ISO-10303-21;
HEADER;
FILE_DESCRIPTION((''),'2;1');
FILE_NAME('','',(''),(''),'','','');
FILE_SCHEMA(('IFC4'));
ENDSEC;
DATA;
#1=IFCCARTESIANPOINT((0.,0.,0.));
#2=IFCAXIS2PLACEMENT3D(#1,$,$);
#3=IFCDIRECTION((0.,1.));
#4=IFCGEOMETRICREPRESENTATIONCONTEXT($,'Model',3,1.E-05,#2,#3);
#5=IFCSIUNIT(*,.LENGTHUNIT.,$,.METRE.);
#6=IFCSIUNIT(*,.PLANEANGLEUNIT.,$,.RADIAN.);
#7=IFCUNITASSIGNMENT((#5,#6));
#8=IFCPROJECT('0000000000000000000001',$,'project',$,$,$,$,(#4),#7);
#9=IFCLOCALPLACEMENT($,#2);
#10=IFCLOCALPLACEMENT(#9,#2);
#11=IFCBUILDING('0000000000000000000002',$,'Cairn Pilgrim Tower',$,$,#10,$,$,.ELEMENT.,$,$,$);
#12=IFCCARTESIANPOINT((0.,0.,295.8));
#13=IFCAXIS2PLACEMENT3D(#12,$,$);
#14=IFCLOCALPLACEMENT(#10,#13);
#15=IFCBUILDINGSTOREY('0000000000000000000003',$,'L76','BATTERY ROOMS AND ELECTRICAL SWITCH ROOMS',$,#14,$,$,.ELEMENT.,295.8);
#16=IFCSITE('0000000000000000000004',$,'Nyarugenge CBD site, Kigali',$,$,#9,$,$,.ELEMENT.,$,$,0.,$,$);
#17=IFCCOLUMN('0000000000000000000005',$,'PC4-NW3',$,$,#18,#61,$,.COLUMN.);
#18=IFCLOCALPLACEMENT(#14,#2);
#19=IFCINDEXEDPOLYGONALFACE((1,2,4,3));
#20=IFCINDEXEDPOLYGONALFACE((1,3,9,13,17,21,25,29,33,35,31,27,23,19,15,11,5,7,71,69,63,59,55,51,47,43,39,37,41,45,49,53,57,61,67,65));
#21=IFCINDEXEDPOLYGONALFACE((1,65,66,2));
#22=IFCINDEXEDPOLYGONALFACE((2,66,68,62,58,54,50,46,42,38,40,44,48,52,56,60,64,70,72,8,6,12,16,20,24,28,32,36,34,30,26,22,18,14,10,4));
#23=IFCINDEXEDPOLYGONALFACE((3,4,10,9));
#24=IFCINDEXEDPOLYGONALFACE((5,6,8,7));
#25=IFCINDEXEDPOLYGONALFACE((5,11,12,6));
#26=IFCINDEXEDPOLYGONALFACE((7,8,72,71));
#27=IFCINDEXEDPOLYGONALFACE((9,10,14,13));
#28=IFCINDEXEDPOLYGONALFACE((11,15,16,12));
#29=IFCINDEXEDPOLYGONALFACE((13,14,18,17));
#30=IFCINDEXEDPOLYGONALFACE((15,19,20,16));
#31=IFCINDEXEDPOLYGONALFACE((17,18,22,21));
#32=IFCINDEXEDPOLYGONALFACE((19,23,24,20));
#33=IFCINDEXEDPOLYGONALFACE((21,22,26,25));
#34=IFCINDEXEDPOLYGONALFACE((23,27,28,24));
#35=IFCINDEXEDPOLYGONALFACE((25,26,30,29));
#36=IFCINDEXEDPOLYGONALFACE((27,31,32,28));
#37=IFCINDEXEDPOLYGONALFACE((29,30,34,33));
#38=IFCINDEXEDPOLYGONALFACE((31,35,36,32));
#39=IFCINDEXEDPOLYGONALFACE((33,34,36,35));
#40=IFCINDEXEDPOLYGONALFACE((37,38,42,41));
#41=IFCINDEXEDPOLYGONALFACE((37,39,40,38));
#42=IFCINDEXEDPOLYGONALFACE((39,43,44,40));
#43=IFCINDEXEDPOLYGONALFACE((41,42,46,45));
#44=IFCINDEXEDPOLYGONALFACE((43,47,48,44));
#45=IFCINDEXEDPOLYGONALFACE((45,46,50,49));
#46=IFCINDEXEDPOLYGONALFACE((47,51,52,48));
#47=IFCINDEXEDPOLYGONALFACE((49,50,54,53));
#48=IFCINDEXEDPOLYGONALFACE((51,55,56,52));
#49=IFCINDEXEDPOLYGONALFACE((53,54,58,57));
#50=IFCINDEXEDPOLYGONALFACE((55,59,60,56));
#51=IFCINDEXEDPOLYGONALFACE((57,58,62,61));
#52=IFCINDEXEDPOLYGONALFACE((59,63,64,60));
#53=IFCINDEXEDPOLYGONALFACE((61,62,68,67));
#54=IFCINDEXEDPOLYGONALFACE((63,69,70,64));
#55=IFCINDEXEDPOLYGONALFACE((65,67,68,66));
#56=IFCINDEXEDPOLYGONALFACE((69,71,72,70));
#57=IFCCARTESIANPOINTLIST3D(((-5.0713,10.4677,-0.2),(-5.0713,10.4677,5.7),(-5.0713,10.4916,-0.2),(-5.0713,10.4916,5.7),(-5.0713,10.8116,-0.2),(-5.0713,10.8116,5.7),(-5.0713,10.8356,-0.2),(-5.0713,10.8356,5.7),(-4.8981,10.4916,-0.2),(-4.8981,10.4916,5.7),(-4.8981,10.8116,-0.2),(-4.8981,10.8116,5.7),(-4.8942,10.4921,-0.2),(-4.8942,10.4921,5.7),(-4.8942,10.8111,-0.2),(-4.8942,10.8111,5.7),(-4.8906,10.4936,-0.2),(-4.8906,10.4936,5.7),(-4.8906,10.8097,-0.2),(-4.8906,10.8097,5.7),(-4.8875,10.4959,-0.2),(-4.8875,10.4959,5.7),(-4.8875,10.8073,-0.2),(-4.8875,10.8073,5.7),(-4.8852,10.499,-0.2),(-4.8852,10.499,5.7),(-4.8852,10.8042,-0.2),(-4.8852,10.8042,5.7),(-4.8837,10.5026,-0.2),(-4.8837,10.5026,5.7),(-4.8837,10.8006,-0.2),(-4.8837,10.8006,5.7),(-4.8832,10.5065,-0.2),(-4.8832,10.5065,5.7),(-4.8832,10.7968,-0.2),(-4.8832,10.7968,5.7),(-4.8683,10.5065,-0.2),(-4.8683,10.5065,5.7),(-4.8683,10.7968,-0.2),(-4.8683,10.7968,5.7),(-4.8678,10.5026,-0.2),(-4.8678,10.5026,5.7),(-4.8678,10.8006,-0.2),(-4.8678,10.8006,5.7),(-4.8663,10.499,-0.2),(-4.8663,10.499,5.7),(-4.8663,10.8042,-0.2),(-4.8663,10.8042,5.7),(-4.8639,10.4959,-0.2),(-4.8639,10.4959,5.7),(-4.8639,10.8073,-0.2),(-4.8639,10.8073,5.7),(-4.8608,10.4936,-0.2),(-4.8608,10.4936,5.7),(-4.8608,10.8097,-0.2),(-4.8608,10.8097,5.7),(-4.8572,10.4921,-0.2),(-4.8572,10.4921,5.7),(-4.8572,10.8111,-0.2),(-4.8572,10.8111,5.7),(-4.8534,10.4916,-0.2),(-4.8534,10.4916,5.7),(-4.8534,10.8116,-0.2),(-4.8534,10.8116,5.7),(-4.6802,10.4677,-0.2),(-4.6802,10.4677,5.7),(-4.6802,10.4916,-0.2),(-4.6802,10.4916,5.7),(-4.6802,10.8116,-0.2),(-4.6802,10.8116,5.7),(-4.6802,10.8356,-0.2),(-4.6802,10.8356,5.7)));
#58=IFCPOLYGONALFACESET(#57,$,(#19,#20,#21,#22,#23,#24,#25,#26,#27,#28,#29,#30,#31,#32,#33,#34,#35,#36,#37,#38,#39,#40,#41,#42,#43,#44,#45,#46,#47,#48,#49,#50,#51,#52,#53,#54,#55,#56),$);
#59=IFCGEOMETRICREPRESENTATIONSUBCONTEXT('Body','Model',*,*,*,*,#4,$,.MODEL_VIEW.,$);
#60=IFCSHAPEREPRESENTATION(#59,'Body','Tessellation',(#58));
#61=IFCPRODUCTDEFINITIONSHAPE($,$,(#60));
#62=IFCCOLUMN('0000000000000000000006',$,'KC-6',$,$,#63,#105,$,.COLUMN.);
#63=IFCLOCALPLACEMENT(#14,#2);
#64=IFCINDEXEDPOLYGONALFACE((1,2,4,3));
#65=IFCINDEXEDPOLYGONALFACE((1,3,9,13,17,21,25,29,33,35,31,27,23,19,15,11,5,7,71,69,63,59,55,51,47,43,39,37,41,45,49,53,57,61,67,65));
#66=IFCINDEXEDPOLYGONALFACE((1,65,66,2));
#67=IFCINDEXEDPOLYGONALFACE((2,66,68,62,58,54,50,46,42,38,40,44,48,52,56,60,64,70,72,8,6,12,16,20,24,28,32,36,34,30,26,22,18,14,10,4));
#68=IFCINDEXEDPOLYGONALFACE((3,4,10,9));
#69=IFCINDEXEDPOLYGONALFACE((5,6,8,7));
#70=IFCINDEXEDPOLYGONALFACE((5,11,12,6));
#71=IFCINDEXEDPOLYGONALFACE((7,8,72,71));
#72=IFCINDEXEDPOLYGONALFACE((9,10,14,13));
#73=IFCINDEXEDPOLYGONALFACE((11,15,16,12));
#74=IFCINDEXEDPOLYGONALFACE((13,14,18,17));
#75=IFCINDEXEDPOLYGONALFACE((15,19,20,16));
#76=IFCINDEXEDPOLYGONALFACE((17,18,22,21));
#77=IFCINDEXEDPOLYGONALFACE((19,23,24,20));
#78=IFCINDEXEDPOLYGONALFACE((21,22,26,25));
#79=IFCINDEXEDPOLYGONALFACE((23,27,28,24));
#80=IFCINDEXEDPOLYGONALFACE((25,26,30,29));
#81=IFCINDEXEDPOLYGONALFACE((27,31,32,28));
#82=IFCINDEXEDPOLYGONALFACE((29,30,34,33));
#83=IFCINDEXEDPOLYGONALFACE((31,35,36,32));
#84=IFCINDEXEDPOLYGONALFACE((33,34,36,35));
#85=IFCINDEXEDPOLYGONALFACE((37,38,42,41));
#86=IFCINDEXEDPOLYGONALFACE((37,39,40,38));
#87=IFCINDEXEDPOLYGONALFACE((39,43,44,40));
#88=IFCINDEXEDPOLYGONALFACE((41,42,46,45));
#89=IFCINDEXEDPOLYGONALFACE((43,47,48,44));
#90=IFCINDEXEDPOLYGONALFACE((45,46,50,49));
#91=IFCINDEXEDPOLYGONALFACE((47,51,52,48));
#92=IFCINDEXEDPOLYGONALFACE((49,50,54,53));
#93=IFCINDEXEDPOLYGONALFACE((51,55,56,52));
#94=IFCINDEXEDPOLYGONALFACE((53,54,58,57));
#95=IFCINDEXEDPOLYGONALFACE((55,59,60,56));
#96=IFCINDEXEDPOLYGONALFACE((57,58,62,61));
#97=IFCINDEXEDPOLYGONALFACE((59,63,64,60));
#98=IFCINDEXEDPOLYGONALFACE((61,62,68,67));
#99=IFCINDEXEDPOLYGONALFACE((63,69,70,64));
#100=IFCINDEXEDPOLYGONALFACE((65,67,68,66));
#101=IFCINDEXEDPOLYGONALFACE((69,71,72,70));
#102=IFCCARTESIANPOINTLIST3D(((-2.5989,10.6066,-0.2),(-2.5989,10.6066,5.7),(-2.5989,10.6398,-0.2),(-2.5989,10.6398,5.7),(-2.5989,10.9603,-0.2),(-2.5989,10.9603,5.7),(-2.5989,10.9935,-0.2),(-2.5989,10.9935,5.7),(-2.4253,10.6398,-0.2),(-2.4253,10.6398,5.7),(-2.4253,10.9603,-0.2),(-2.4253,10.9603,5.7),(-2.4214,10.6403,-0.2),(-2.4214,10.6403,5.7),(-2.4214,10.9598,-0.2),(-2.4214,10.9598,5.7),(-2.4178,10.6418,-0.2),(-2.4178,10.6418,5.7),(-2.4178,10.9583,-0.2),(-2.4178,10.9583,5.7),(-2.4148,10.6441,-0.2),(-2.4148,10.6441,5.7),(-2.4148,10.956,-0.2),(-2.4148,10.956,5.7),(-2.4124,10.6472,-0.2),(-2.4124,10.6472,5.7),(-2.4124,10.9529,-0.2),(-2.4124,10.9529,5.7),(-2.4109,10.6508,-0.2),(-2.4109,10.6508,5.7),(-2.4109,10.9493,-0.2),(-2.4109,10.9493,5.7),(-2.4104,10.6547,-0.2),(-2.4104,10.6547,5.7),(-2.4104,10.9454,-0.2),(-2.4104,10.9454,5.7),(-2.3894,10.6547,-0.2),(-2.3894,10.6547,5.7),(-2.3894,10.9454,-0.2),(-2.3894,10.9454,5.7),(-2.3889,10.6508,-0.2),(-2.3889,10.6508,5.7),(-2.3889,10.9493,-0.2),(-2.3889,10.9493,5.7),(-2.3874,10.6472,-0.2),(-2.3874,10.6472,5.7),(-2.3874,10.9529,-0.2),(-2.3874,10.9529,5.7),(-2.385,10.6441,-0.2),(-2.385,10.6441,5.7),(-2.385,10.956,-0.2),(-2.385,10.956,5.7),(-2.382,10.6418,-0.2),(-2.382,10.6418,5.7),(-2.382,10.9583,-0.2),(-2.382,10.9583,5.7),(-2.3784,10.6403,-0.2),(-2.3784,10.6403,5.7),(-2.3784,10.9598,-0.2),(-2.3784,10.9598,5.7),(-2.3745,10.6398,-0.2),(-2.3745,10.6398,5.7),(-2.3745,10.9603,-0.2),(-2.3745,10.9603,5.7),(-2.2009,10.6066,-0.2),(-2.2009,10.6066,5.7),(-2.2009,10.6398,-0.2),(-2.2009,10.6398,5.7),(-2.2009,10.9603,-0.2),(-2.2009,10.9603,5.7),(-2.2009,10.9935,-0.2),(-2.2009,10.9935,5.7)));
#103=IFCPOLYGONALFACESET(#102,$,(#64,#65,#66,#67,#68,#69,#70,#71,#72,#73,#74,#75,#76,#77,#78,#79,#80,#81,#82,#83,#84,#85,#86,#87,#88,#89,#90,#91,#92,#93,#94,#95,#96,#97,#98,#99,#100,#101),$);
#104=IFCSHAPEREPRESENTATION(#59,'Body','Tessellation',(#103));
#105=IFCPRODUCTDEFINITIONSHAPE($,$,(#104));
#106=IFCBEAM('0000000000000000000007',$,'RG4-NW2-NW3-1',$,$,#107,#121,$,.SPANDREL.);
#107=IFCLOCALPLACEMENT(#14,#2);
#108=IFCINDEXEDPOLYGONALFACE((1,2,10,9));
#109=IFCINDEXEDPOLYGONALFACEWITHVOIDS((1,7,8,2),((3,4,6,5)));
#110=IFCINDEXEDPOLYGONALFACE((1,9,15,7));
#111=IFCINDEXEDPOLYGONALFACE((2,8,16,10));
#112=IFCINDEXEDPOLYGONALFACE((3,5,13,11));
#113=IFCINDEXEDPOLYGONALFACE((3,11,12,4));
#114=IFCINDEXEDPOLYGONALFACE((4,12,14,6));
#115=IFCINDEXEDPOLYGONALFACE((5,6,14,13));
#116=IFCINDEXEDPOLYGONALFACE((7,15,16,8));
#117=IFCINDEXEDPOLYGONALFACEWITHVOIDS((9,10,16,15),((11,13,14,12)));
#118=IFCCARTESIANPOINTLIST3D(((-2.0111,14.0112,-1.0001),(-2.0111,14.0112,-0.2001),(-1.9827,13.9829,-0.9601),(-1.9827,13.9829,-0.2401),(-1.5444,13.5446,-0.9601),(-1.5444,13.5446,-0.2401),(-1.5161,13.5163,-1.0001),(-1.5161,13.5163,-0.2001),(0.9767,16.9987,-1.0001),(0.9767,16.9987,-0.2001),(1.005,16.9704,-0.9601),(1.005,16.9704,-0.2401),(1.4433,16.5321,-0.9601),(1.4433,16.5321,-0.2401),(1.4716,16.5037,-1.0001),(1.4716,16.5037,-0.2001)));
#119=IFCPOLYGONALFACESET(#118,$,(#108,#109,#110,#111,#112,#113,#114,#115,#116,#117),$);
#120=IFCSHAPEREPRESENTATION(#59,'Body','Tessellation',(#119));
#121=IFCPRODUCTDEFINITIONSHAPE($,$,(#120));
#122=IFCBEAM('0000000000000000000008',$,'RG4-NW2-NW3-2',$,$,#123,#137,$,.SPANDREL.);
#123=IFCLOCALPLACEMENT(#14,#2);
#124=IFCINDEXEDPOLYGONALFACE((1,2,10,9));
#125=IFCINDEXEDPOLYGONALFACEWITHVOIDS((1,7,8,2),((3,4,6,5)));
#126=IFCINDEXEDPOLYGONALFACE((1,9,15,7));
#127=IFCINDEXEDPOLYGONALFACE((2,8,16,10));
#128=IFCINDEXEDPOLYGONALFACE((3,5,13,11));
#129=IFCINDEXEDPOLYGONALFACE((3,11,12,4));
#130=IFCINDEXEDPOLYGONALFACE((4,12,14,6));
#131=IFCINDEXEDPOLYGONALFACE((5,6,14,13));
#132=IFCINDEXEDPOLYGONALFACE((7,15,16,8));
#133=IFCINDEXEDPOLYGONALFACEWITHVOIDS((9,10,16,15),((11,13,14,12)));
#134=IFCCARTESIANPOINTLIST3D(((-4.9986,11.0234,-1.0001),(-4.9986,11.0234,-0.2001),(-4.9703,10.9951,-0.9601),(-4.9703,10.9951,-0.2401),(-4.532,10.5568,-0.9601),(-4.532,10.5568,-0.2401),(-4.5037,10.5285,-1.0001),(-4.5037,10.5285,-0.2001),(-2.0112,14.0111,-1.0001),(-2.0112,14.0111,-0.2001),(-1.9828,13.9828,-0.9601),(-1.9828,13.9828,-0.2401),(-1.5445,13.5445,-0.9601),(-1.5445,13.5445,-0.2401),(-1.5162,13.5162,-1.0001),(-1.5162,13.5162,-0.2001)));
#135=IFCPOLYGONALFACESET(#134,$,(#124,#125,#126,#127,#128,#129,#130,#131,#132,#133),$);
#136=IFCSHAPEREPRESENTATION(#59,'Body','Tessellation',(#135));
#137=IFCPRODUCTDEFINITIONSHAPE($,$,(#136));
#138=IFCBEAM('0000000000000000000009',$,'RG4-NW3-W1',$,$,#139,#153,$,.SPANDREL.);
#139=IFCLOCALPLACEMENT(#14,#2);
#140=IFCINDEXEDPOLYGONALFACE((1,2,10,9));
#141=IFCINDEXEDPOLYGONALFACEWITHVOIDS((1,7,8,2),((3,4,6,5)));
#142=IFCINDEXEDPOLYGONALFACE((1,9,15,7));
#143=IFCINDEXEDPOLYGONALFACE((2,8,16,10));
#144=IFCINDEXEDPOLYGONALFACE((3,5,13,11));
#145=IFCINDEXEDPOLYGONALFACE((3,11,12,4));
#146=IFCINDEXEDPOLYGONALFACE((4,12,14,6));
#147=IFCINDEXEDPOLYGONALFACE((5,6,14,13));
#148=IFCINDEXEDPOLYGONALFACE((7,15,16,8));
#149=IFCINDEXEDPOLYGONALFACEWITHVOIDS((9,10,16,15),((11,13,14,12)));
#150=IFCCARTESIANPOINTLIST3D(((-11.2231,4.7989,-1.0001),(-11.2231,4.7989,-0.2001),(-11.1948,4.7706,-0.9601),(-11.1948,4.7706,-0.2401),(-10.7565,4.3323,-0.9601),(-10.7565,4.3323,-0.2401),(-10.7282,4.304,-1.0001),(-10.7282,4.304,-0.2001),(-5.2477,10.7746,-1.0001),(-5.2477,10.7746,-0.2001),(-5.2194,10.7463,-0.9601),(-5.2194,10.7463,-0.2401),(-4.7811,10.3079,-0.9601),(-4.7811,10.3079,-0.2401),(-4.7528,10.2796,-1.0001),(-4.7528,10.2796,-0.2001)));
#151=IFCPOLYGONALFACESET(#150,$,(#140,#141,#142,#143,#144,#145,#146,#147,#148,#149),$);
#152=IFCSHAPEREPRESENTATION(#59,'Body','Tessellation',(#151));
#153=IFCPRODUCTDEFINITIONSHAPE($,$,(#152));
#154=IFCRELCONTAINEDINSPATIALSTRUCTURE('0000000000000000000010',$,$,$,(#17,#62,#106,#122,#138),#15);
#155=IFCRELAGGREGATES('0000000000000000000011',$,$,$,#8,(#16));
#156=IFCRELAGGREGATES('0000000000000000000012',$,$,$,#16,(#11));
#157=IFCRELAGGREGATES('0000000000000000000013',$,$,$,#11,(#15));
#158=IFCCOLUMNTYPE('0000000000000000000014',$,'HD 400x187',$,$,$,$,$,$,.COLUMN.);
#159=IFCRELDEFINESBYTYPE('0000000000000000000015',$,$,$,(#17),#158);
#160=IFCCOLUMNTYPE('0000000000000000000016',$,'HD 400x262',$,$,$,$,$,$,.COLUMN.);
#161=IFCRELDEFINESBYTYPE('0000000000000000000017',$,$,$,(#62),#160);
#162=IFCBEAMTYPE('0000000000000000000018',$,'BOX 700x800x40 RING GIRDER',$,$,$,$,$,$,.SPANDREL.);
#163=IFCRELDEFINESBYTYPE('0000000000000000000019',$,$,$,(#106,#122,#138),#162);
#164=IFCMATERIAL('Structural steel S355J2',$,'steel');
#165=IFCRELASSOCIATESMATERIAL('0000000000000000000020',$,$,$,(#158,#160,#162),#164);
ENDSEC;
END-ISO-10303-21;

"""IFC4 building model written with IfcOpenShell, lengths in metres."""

from ifc_helpers import new_model, si_unit, direction, frame, origin, origin_2d, place, context, subcontext, project, spatial, hollow_rectangle, i_section, extrude, material, material_profile, profile_set, type_object, element, save


model = new_model("IFC4")

# Units and contexts
model_context = context("Model", 3, precision=1e-05, world=origin(), true_north=direction((0.0, 1.0)))
body_context = subcontext(model_context, "Body", "Model", "MODEL_VIEW")
ifc_project = project(units=[si_unit("LENGTHUNIT", "METRE"), si_unit("PLANEANGLEUNIT", "RADIAN")], contexts=[model_context])

# Site, building, storey
site_placement = place(None, origin())
site = spatial("IfcSite", under=ifc_project, at=site_placement, Name="Nyarugenge CBD site, Kigali", CompositionType="ELEMENT", RefElevation=0.0)
building_placement = place(site_placement, origin())
building = spatial("IfcBuilding", under=site, at=building_placement, Name="Cairn Pilgrim Tower", CompositionType="ELEMENT")
storey_placement = place(building_placement, frame((0.0, 0.0, 295.8)))
storey = spatial("IfcBuildingStorey", under=building, at=storey_placement, Name="L76", Description="BATTERY ROOMS AND ELECTRICAL SWITCH ROOMS", CompositionType="ELEMENT", Elevation=295.8)

# Columns
ifc_material_1 = material(Name="Structural steel S355J2", Category="steel")
ifc_material_profile_1 = material_profile(ifc_material_1, i_section(OverallWidth=0.3911, OverallDepth=0.3679, WebThickness=0.0149, FlangeThickness=0.0239, FilletRadius=0.0149, at=origin_2d()), Name="HD 400x187")
ifc_profile_set_1 = profile_set([ifc_material_profile_1], Name="Structural steel S355J2")
column_type_1 = type_object("IfcColumnType", Name="HD 400x187", PredefinedType="COLUMN", material=ifc_profile_set_1)
for number, where, z_axis, x_axis, name in (
    (1, (-4.8757, 10.6516, -0.2), (0.0, 0.0, 1.0), (1.0, 0.0, 0.0), "PC4-NW3"),
):
    element("IfcColumn", number, at=place(storey_placement, frame(where, z_axis=z_axis, x_axis=x_axis)), inside=storey, type_object=column_type_1, Name=name, PredefinedType="COLUMN", context=body_context, shape_type="SweptSolid", body=[
        extrude(i_section(OverallWidth=0.3911, OverallDepth=0.3679, WebThickness=0.0149, FlangeThickness=0.0239, FilletRadius=0.0149, at=origin_2d()), origin(), (0.0, 0.0, 1.0), 5.8999),
    ])
ifc_material_profile_2 = material_profile(ifc_material_1, i_section(OverallWidth=0.3979, OverallDepth=0.387, WebThickness=0.021, FlangeThickness=0.0332, FilletRadius=0.0149, at=origin_2d()), Name="HD 400x262")
ifc_profile_set_2 = profile_set([ifc_material_profile_2], Name="Structural steel S355J2")
column_type_2 = type_object("IfcColumnType", Name="HD 400x262", PredefinedType="COLUMN", material=ifc_profile_set_2)
column_1_placement = place(storey_placement, frame((-2.3999, 10.8, -0.2), z_axis=(0.0, 0.0, 1.0), x_axis=(1.0, 0.0, 0.0)))
element("IfcColumn", 2, at=column_1_placement, inside=storey, type_object=column_type_2, Name="KC-6", PredefinedType="COLUMN", context=body_context, shape_type="SweptSolid", body=[
    extrude(i_section(OverallWidth=0.3979, OverallDepth=0.387, WebThickness=0.021, FlangeThickness=0.0332, FilletRadius=0.0149, at=origin_2d()), origin(), (0.0, 0.0, 1.0), 5.8999),
])

# Beams
ifc_material_profile_3 = material_profile(ifc_material_1, hollow_rectangle(XDim=0.7, YDim=0.8, WallThickness=0.04, at=origin_2d()), Name="BOX 700x800x40")
ifc_profile_set_3 = profile_set([ifc_material_profile_3], Name="Structural steel S355J2")
beam_type_1 = type_object("IfcBeamType", Name="BOX 700x800x40 RING GIRDER", PredefinedType="SPANDREL", material=ifc_profile_set_3)
for number, where, z_axis, x_axis, name in (
    (3, (1.2241, 16.7512, -0.6001), (-0.707136, -0.707078, 0.0), (0.707078, -0.707136, 0.0), "RG4-NW2-NW3-1"),
    (4, (-1.7637, 13.7637, -0.6001), (-0.707078, -0.707136, 0.0), (0.707136, -0.707078, 0.0), "RG4-NW2-NW3-2"),
):
    element("IfcBeam", number, at=place(storey_placement, frame(where, z_axis=z_axis, x_axis=x_axis)), inside=storey, type_object=beam_type_1, Name=name, PredefinedType="SPANDREL", context=body_context, shape_type="SweptSolid", body=[
        extrude(hollow_rectangle(XDim=0.7, YDim=0.8, WallThickness=0.04, at=origin_2d()), origin(), (0.0, 0.0, 1.0), 4.2251),
    ])
beam_1_placement = place(storey_placement, frame((-5.0002, 10.5271, -0.6001), z_axis=(-0.707092, -0.707121, 0.0), x_axis=(0.707121, -0.707092, 0.0)))
element("IfcBeam", 5, at=beam_1_placement, inside=storey, type_object=beam_type_1, Name="RG4-NW3-W1", PredefinedType="SPANDREL", context=body_context, shape_type="SweptSolid", body=[
    extrude(hollow_rectangle(XDim=0.7, YDim=0.8, WallThickness=0.04, at=origin_2d()), origin(), (0.0, 0.0, 1.0), 8.4507),
])

save(model, "model.ifc")
